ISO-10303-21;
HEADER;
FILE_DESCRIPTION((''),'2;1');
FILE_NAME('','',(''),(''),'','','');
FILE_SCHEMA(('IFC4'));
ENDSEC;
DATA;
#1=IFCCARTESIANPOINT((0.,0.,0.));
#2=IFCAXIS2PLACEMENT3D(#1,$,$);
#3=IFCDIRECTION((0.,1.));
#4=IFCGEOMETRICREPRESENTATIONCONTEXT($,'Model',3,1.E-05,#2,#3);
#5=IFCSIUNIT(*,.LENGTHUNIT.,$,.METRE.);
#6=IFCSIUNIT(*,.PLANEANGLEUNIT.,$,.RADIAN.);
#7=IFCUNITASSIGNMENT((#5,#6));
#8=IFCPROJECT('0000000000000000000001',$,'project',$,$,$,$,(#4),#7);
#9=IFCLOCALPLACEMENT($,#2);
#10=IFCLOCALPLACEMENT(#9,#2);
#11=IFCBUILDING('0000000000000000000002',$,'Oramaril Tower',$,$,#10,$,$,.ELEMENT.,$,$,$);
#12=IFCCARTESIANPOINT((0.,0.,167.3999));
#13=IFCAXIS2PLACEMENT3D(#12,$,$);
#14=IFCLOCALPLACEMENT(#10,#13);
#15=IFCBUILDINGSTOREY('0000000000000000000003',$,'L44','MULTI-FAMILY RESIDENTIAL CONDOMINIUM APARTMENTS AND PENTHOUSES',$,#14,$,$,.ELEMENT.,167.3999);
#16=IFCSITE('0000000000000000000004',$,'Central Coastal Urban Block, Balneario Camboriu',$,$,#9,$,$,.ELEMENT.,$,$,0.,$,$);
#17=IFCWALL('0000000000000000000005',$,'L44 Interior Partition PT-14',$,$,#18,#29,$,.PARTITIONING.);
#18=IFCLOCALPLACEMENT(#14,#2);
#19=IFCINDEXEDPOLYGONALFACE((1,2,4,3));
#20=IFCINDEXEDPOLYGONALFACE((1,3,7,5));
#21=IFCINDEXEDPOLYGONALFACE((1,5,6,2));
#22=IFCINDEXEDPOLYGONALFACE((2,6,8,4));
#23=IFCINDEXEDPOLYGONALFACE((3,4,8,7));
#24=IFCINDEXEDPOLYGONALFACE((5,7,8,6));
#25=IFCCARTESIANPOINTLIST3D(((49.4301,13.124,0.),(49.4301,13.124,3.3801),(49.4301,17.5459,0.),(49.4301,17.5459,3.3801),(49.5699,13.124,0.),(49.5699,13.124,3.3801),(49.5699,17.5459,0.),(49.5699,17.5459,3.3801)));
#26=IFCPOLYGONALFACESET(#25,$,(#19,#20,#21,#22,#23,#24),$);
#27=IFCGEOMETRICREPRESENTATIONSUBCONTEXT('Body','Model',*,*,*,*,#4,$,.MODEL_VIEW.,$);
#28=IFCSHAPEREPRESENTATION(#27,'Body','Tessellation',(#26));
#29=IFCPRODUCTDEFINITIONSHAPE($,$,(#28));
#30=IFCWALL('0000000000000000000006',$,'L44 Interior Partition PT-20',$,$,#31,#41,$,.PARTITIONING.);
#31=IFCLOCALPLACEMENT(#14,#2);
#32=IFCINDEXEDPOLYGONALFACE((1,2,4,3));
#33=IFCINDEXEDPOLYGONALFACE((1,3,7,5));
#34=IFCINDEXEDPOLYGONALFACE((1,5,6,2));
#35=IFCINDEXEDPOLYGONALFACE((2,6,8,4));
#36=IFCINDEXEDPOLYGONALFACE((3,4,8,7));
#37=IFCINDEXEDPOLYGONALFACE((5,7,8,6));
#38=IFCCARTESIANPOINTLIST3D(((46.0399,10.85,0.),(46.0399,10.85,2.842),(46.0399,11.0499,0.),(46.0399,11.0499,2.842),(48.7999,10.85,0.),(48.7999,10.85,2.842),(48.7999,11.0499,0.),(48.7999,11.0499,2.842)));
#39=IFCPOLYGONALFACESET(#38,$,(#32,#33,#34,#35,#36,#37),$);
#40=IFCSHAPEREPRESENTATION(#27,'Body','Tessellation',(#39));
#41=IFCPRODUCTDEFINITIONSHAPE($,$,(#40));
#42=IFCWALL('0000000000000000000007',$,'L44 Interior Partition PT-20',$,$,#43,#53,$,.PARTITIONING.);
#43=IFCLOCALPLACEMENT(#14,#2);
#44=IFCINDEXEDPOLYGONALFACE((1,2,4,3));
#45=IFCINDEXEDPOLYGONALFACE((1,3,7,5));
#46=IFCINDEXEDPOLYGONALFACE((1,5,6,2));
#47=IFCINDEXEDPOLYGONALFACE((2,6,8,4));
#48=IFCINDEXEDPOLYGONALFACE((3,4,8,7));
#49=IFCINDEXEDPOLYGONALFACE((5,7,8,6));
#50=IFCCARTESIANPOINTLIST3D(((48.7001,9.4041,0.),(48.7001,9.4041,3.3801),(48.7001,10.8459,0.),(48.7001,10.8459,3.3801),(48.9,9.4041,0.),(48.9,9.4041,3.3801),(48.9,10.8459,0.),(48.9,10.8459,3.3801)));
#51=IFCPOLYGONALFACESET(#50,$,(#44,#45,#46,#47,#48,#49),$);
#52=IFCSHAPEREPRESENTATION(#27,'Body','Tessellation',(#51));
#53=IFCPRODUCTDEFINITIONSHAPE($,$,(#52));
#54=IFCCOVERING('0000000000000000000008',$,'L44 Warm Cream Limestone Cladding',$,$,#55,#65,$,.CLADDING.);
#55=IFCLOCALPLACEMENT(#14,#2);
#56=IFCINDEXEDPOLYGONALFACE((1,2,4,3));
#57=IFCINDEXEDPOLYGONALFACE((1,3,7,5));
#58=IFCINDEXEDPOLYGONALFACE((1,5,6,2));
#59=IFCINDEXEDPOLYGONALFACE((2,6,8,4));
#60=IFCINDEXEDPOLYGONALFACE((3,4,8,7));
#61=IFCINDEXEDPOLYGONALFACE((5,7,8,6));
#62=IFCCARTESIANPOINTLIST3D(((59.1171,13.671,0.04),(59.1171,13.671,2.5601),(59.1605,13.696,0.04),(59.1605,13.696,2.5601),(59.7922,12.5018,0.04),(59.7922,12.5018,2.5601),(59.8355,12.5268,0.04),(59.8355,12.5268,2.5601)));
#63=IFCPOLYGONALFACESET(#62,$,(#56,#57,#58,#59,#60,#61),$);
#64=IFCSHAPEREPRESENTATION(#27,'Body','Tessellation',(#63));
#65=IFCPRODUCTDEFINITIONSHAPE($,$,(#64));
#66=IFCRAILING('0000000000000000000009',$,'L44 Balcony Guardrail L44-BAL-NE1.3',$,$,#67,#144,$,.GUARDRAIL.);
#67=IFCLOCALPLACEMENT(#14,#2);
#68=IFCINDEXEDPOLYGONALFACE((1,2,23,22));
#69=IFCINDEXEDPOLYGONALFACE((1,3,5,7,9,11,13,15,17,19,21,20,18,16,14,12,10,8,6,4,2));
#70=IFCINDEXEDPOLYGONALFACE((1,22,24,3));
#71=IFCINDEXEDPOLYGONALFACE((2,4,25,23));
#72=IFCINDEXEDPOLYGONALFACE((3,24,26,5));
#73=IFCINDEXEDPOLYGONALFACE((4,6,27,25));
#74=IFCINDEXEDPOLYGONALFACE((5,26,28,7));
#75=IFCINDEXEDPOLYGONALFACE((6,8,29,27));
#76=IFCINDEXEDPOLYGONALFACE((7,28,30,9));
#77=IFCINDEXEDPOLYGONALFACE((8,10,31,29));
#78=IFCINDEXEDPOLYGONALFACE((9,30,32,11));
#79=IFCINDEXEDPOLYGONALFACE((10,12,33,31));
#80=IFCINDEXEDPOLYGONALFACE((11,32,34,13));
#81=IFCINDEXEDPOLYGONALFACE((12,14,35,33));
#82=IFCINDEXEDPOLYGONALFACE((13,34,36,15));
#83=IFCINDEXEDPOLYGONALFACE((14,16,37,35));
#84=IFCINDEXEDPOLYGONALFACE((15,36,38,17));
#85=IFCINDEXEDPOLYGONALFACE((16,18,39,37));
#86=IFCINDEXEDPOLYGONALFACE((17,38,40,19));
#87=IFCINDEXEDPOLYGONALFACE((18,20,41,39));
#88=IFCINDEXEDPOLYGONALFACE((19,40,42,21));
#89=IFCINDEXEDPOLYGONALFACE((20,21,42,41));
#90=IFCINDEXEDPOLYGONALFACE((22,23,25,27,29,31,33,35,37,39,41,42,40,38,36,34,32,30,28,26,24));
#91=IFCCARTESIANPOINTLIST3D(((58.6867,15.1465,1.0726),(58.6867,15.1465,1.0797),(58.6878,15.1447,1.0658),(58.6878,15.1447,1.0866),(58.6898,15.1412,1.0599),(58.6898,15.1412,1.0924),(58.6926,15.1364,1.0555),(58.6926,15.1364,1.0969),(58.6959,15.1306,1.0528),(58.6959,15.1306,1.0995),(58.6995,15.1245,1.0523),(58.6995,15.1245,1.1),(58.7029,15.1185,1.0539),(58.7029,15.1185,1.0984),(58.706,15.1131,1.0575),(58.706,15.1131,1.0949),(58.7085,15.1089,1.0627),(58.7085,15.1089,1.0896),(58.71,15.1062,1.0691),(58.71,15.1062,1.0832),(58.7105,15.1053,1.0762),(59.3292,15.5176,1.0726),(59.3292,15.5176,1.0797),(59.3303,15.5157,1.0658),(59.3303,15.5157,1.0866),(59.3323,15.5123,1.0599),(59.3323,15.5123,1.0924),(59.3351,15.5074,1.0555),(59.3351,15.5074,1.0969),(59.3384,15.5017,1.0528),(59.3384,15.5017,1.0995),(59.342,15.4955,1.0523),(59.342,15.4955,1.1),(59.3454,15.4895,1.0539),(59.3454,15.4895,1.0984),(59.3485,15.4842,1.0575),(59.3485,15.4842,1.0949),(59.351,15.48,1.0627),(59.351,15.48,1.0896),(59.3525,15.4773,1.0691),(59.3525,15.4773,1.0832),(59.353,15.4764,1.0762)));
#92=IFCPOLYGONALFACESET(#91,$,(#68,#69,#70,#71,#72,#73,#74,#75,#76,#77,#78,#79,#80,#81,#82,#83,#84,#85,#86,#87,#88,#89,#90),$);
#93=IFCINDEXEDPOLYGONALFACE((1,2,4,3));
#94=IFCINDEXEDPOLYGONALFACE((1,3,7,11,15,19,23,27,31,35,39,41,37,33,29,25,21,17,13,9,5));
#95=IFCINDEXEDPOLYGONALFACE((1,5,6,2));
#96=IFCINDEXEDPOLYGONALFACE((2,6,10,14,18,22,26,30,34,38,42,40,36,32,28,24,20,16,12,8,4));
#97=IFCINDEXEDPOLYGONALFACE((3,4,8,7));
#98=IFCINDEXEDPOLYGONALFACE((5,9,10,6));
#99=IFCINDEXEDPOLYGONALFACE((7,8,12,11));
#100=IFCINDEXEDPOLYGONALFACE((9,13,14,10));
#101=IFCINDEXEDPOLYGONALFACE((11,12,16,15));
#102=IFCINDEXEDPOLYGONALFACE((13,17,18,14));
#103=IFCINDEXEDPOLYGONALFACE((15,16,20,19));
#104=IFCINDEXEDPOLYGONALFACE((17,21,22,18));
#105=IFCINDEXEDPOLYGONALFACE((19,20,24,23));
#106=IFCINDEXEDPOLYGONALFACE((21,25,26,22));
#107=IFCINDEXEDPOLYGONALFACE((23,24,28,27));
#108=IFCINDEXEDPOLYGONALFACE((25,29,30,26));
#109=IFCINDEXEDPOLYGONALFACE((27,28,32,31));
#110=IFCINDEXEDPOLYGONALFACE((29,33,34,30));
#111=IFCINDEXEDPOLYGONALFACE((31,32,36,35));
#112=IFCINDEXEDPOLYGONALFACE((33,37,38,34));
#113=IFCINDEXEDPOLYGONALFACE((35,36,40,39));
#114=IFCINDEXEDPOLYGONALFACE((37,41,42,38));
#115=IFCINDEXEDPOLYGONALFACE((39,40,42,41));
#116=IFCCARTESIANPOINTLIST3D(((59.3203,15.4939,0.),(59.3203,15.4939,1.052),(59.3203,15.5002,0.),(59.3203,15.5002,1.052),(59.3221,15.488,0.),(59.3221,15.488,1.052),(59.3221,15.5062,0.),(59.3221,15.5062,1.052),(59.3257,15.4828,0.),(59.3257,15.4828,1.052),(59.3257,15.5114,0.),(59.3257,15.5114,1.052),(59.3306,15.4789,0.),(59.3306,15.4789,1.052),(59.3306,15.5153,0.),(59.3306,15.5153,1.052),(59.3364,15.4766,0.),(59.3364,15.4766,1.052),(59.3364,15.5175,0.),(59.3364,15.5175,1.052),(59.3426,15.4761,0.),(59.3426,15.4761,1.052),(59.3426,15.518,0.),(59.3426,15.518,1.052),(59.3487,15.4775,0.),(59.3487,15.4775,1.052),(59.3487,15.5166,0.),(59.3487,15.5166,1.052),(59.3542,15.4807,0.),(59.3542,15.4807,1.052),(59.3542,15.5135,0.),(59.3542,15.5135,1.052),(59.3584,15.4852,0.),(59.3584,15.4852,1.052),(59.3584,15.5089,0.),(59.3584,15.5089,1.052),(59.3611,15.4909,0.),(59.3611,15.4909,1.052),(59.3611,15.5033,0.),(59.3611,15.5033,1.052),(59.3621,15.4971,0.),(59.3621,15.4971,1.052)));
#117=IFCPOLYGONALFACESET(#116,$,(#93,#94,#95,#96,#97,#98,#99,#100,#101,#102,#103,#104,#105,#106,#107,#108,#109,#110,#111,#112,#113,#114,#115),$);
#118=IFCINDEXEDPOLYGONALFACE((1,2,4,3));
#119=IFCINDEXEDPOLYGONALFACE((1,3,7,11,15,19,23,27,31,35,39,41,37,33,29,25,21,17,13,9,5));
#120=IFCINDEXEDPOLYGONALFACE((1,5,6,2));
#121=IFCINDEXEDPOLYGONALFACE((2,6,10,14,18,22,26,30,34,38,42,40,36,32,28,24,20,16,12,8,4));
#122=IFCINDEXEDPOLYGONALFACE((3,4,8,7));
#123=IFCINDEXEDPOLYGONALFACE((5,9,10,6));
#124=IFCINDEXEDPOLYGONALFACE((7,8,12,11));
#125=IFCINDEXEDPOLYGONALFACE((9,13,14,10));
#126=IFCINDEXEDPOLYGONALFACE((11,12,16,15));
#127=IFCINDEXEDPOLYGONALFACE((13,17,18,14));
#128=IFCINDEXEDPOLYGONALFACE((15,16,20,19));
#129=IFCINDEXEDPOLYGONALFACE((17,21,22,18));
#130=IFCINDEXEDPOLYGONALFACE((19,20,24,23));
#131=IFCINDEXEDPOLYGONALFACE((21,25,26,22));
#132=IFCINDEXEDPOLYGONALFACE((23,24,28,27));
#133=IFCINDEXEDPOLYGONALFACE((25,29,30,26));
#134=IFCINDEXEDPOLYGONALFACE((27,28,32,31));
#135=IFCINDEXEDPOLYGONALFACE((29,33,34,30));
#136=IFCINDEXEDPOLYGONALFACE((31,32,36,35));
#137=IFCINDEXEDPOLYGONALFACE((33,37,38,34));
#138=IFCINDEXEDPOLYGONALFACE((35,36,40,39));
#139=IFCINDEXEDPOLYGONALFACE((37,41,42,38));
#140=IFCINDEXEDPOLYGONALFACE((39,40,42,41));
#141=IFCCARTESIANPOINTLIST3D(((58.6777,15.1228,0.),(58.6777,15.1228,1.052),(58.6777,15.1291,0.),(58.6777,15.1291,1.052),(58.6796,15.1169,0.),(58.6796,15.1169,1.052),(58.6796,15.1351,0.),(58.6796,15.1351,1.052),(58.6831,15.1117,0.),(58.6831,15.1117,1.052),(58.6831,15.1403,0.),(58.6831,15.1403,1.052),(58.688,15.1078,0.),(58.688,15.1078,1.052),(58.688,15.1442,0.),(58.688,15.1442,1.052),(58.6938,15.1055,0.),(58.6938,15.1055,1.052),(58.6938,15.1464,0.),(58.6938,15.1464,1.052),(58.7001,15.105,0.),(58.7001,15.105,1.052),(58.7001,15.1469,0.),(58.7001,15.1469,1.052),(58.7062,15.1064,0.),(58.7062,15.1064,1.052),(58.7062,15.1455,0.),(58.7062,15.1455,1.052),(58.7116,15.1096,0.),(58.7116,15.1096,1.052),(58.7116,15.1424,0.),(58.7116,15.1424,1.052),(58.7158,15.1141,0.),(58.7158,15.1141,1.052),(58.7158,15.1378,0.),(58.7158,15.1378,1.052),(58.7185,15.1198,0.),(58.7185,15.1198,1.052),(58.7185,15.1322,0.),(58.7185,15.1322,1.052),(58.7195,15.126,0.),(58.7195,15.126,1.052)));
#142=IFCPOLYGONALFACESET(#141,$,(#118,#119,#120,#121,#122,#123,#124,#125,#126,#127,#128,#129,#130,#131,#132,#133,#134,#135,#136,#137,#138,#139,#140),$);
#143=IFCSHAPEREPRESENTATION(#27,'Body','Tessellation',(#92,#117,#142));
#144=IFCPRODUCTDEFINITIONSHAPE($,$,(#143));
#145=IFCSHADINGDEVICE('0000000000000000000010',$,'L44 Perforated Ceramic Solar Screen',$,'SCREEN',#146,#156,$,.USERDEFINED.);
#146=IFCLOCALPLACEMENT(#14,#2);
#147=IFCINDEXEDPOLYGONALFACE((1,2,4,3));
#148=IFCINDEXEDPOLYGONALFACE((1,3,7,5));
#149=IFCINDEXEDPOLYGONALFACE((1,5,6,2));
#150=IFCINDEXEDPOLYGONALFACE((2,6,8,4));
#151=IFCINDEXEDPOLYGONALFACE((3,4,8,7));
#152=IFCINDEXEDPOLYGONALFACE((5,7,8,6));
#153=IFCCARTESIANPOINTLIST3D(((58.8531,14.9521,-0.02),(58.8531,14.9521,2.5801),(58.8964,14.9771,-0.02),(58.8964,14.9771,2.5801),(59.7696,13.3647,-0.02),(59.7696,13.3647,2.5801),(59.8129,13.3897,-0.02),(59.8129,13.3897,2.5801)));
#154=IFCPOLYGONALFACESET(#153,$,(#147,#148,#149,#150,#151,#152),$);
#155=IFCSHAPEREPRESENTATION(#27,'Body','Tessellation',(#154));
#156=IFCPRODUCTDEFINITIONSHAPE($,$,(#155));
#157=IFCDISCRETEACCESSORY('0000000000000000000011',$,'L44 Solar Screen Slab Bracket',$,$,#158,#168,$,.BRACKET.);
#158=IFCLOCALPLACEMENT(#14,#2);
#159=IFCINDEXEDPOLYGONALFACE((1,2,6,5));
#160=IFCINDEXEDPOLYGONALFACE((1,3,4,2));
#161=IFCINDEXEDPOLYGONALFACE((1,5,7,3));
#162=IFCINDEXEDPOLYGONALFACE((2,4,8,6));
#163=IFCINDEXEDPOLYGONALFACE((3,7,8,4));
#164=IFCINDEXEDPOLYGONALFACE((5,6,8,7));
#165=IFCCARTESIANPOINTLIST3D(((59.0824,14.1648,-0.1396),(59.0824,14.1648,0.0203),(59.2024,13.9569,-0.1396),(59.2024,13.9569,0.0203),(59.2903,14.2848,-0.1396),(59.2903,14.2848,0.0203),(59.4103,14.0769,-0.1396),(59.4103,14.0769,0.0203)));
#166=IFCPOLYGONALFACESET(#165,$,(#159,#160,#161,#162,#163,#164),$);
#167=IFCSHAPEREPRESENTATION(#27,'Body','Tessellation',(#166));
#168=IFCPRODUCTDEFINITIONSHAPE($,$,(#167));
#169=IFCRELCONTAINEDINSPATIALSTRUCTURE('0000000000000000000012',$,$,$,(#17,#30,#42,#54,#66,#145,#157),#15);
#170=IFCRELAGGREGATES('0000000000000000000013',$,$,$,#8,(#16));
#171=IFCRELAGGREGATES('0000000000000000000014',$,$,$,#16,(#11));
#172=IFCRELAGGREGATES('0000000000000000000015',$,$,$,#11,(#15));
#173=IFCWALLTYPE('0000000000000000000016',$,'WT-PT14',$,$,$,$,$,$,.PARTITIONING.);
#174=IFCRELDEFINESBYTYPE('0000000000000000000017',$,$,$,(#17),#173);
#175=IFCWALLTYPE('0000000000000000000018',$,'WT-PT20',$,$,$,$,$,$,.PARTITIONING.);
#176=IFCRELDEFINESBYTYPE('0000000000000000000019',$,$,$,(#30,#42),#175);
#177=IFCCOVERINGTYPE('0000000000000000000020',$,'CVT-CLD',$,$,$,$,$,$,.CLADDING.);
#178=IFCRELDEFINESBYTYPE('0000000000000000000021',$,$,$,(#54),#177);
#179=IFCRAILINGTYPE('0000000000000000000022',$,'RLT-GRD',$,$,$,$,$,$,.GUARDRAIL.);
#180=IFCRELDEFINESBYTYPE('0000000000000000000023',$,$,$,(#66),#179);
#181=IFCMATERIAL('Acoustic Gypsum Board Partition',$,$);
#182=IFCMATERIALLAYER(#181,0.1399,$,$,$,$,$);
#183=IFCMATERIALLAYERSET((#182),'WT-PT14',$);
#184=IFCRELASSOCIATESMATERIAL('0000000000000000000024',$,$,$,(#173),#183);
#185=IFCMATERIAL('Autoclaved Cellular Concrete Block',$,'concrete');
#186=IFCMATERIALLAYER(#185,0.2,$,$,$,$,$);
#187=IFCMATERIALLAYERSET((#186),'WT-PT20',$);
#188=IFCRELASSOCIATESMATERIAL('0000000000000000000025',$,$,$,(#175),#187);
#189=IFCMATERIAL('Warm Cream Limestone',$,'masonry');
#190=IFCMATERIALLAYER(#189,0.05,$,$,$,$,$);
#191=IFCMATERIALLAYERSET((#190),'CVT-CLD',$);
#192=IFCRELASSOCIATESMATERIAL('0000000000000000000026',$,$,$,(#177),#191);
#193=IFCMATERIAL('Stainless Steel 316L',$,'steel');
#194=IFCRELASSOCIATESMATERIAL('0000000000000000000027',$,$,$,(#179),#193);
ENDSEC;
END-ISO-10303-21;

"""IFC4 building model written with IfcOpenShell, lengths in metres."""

from ifc_helpers import new_model, si_unit, direction, frame, frame_2d, origin, origin_2d, place, context, subcontext, project, spatial, rectangle, circle, extrude, material, layer, layer_set, type_object, element, save


model = new_model("IFC4")

# Units and contexts
model_context = context("Model", 3, precision=1e-05, world=origin(), true_north=direction((0.0, 1.0)))
body_context = subcontext(model_context, "Body", "Model", "MODEL_VIEW")
ifc_project = project(units=[si_unit("LENGTHUNIT", "METRE"), si_unit("PLANEANGLEUNIT", "RADIAN")], contexts=[model_context])

# Site, building, storey
site_placement = place(None, origin())
site = spatial("IfcSite", under=ifc_project, at=site_placement, Name="Central Coastal Urban Block, Balneario Camboriu", CompositionType="ELEMENT", RefElevation=0.0)
building_placement = place(site_placement, origin())
building = spatial("IfcBuilding", under=site, at=building_placement, Name="Oramaril Tower", CompositionType="ELEMENT")
storey_placement = place(building_placement, frame((0.0, 0.0, 167.3999)))
storey = spatial("IfcBuildingStorey", under=building, at=storey_placement, Name="L44", Description="MULTI-FAMILY RESIDENTIAL CONDOMINIUM APARTMENTS AND PENTHOUSES", CompositionType="ELEMENT", Elevation=167.3999)

# Walls
ifc_material_1 = material(Name="Acoustic Gypsum Board Partition")
ifc_layer_1 = layer(ifc_material_1, 0.1399)
ifc_layer_set_1 = layer_set([ifc_layer_1], Name="WT-PT14")
wall_type_1 = type_object("IfcWallType", Name="WT-PT14", PredefinedType="PARTITIONING", material=ifc_layer_set_1)
wall_1_placement = place(storey_placement, frame((49.5, 13.124, 0.0), z_axis=(0.0, 0.0, 1.0), x_axis=(0.0, 1.0, 0.0)))
element("IfcWall", 1, at=wall_1_placement, inside=storey, type_object=wall_type_1, Name="L44 Interior Partition PT-14", PredefinedType="PARTITIONING", context=body_context, shape_type="SweptSolid", body=[
    extrude(rectangle(XDim=4.4219, YDim=0.1399, at=frame_2d((2.2109, 0.0))), origin(), (0.0, 0.0, 1.0), 3.3801),
])
ifc_material_2 = material(Name="Autoclaved Cellular Concrete Block", Category="concrete")
ifc_layer_2 = layer(ifc_material_2, 0.2)
ifc_layer_set_2 = layer_set([ifc_layer_2], Name="WT-PT20")
wall_type_2 = type_object("IfcWallType", Name="WT-PT20", PredefinedType="PARTITIONING", material=ifc_layer_set_2)
wall_2_placement = place(storey_placement, frame((46.04, 10.95, 0.0), z_axis=(0.0, 0.0, 1.0), x_axis=(1.0, 0.0, 0.0)))
element("IfcWall", 2, at=wall_2_placement, inside=storey, type_object=wall_type_2, Name="L44 Interior Partition PT-20", PredefinedType="PARTITIONING", context=body_context, shape_type="SweptSolid", body=[
    extrude(rectangle(XDim=2.76, YDim=0.2, at=frame_2d((1.3799, 0.0))), origin(), (0.0, 0.0, 1.0), 2.842),
])
wall_3_placement = place(storey_placement, frame((48.8, 9.4041, 0.0), z_axis=(0.0, 0.0, 1.0), x_axis=(0.0, 1.0, 0.0)))
element("IfcWall", 3, at=wall_3_placement, inside=storey, type_object=wall_type_2, Name="L44 Interior Partition PT-20", PredefinedType="PARTITIONING", context=body_context, shape_type="SweptSolid", body=[
    extrude(rectangle(XDim=1.4419, YDim=0.2, at=frame_2d((0.7209, 0.0))), origin(), (0.0, 0.0, 1.0), 3.3801),
])

# Covering
ifc_material_3 = material(Name="Warm Cream Limestone", Category="masonry")
ifc_layer_3 = layer(ifc_material_3, 0.05)
ifc_layer_set_3 = layer_set([ifc_layer_3], Name="CVT-CLD")
covering_type = type_object("IfcCoveringType", Name="CVT-CLD", PredefinedType="CLADDING", material=ifc_layer_set_3)
covering_placement = place(storey_placement, frame((59.4763, 13.0989, 0.04), z_axis=(0.0, 0.0, 1.0), x_axis=(-0.5, 0.866025, 0.0)))
element("IfcCovering", 4, at=covering_placement, inside=storey, type_object=covering_type, Name="L44 Warm Cream Limestone Cladding", PredefinedType="CLADDING", context=body_context, shape_type="SweptSolid", body=[
    extrude(rectangle(XDim=1.3501, YDim=0.05, at=origin_2d()), origin(), (0.0, 0.0, 1.0), 2.52),
])

# Railing
ifc_material_4 = material(Name="Stainless Steel 316L", Category="steel")
railing_type = type_object("IfcRailingType", Name="RLT-GRD", PredefinedType="GUARDRAIL", material=ifc_material_4)
railing_placement = place(storey_placement, frame((59.3411, 15.4971, 0.0)))
element("IfcRailing", 5, at=railing_placement, inside=storey, type_object=railing_type, Name="L44 Balcony Guardrail L44-BAL-NE1.3", PredefinedType="GUARDRAIL", context=body_context, shape_type="SweptSolid", body=[
    extrude(circle(Radius=0.0239, at=origin_2d()), frame((0.0, 0.0, 1.0762), z_axis=(-0.865966, -0.500102, 0.0), x_axis=(0.500102, -0.865966, 0.0)), (0.0, 0.0, 1.0), 0.7419),
    extrude(circle(Radius=0.021, at=origin_2d()), origin(), (0.0, 0.0, 1.0), 1.052),
    extrude(circle(Radius=0.021, at=origin_2d()), frame((-0.6426, -0.3711, 0.0)), (0.0, 0.0, 1.0), 1.052),
])

# Shading device
shading_device_placement = place(storey_placement, frame((59.333, 14.1709, -0.02), z_axis=(0.0, 0.0, 1.0), x_axis=(-0.5, 0.866025, 0.0)))
element("IfcShadingDevice", 6, at=shading_device_placement, inside=storey, Name="L44 Perforated Ceramic Solar Screen", ObjectType="SCREEN", PredefinedType="USERDEFINED", context=body_context, shape_type="SweptSolid", body=[
    extrude(rectangle(XDim=1.833, YDim=0.05, at=origin_2d()), origin(), (0.0, 0.0, 1.0), 2.6001),
])

# Discrete accessory
discrete_accessory_placement = place(storey_placement, frame((59.2463, 14.1208, -0.1396), z_axis=(0.0, 0.0, 1.0), x_axis=(-0.5, 0.866025, 0.0)))
element("IfcDiscreteAccessory", 7, at=discrete_accessory_placement, inside=storey, Name="L44 Solar Screen Slab Bracket", PredefinedType="BRACKET", context=body_context, shape_type="SweptSolid", body=[
    extrude(rectangle(XDim=0.24, YDim=0.24, at=origin_2d()), origin(), (0.0, 0.0, 1.0), 0.1599),
])

save(model, "model.ifc")
